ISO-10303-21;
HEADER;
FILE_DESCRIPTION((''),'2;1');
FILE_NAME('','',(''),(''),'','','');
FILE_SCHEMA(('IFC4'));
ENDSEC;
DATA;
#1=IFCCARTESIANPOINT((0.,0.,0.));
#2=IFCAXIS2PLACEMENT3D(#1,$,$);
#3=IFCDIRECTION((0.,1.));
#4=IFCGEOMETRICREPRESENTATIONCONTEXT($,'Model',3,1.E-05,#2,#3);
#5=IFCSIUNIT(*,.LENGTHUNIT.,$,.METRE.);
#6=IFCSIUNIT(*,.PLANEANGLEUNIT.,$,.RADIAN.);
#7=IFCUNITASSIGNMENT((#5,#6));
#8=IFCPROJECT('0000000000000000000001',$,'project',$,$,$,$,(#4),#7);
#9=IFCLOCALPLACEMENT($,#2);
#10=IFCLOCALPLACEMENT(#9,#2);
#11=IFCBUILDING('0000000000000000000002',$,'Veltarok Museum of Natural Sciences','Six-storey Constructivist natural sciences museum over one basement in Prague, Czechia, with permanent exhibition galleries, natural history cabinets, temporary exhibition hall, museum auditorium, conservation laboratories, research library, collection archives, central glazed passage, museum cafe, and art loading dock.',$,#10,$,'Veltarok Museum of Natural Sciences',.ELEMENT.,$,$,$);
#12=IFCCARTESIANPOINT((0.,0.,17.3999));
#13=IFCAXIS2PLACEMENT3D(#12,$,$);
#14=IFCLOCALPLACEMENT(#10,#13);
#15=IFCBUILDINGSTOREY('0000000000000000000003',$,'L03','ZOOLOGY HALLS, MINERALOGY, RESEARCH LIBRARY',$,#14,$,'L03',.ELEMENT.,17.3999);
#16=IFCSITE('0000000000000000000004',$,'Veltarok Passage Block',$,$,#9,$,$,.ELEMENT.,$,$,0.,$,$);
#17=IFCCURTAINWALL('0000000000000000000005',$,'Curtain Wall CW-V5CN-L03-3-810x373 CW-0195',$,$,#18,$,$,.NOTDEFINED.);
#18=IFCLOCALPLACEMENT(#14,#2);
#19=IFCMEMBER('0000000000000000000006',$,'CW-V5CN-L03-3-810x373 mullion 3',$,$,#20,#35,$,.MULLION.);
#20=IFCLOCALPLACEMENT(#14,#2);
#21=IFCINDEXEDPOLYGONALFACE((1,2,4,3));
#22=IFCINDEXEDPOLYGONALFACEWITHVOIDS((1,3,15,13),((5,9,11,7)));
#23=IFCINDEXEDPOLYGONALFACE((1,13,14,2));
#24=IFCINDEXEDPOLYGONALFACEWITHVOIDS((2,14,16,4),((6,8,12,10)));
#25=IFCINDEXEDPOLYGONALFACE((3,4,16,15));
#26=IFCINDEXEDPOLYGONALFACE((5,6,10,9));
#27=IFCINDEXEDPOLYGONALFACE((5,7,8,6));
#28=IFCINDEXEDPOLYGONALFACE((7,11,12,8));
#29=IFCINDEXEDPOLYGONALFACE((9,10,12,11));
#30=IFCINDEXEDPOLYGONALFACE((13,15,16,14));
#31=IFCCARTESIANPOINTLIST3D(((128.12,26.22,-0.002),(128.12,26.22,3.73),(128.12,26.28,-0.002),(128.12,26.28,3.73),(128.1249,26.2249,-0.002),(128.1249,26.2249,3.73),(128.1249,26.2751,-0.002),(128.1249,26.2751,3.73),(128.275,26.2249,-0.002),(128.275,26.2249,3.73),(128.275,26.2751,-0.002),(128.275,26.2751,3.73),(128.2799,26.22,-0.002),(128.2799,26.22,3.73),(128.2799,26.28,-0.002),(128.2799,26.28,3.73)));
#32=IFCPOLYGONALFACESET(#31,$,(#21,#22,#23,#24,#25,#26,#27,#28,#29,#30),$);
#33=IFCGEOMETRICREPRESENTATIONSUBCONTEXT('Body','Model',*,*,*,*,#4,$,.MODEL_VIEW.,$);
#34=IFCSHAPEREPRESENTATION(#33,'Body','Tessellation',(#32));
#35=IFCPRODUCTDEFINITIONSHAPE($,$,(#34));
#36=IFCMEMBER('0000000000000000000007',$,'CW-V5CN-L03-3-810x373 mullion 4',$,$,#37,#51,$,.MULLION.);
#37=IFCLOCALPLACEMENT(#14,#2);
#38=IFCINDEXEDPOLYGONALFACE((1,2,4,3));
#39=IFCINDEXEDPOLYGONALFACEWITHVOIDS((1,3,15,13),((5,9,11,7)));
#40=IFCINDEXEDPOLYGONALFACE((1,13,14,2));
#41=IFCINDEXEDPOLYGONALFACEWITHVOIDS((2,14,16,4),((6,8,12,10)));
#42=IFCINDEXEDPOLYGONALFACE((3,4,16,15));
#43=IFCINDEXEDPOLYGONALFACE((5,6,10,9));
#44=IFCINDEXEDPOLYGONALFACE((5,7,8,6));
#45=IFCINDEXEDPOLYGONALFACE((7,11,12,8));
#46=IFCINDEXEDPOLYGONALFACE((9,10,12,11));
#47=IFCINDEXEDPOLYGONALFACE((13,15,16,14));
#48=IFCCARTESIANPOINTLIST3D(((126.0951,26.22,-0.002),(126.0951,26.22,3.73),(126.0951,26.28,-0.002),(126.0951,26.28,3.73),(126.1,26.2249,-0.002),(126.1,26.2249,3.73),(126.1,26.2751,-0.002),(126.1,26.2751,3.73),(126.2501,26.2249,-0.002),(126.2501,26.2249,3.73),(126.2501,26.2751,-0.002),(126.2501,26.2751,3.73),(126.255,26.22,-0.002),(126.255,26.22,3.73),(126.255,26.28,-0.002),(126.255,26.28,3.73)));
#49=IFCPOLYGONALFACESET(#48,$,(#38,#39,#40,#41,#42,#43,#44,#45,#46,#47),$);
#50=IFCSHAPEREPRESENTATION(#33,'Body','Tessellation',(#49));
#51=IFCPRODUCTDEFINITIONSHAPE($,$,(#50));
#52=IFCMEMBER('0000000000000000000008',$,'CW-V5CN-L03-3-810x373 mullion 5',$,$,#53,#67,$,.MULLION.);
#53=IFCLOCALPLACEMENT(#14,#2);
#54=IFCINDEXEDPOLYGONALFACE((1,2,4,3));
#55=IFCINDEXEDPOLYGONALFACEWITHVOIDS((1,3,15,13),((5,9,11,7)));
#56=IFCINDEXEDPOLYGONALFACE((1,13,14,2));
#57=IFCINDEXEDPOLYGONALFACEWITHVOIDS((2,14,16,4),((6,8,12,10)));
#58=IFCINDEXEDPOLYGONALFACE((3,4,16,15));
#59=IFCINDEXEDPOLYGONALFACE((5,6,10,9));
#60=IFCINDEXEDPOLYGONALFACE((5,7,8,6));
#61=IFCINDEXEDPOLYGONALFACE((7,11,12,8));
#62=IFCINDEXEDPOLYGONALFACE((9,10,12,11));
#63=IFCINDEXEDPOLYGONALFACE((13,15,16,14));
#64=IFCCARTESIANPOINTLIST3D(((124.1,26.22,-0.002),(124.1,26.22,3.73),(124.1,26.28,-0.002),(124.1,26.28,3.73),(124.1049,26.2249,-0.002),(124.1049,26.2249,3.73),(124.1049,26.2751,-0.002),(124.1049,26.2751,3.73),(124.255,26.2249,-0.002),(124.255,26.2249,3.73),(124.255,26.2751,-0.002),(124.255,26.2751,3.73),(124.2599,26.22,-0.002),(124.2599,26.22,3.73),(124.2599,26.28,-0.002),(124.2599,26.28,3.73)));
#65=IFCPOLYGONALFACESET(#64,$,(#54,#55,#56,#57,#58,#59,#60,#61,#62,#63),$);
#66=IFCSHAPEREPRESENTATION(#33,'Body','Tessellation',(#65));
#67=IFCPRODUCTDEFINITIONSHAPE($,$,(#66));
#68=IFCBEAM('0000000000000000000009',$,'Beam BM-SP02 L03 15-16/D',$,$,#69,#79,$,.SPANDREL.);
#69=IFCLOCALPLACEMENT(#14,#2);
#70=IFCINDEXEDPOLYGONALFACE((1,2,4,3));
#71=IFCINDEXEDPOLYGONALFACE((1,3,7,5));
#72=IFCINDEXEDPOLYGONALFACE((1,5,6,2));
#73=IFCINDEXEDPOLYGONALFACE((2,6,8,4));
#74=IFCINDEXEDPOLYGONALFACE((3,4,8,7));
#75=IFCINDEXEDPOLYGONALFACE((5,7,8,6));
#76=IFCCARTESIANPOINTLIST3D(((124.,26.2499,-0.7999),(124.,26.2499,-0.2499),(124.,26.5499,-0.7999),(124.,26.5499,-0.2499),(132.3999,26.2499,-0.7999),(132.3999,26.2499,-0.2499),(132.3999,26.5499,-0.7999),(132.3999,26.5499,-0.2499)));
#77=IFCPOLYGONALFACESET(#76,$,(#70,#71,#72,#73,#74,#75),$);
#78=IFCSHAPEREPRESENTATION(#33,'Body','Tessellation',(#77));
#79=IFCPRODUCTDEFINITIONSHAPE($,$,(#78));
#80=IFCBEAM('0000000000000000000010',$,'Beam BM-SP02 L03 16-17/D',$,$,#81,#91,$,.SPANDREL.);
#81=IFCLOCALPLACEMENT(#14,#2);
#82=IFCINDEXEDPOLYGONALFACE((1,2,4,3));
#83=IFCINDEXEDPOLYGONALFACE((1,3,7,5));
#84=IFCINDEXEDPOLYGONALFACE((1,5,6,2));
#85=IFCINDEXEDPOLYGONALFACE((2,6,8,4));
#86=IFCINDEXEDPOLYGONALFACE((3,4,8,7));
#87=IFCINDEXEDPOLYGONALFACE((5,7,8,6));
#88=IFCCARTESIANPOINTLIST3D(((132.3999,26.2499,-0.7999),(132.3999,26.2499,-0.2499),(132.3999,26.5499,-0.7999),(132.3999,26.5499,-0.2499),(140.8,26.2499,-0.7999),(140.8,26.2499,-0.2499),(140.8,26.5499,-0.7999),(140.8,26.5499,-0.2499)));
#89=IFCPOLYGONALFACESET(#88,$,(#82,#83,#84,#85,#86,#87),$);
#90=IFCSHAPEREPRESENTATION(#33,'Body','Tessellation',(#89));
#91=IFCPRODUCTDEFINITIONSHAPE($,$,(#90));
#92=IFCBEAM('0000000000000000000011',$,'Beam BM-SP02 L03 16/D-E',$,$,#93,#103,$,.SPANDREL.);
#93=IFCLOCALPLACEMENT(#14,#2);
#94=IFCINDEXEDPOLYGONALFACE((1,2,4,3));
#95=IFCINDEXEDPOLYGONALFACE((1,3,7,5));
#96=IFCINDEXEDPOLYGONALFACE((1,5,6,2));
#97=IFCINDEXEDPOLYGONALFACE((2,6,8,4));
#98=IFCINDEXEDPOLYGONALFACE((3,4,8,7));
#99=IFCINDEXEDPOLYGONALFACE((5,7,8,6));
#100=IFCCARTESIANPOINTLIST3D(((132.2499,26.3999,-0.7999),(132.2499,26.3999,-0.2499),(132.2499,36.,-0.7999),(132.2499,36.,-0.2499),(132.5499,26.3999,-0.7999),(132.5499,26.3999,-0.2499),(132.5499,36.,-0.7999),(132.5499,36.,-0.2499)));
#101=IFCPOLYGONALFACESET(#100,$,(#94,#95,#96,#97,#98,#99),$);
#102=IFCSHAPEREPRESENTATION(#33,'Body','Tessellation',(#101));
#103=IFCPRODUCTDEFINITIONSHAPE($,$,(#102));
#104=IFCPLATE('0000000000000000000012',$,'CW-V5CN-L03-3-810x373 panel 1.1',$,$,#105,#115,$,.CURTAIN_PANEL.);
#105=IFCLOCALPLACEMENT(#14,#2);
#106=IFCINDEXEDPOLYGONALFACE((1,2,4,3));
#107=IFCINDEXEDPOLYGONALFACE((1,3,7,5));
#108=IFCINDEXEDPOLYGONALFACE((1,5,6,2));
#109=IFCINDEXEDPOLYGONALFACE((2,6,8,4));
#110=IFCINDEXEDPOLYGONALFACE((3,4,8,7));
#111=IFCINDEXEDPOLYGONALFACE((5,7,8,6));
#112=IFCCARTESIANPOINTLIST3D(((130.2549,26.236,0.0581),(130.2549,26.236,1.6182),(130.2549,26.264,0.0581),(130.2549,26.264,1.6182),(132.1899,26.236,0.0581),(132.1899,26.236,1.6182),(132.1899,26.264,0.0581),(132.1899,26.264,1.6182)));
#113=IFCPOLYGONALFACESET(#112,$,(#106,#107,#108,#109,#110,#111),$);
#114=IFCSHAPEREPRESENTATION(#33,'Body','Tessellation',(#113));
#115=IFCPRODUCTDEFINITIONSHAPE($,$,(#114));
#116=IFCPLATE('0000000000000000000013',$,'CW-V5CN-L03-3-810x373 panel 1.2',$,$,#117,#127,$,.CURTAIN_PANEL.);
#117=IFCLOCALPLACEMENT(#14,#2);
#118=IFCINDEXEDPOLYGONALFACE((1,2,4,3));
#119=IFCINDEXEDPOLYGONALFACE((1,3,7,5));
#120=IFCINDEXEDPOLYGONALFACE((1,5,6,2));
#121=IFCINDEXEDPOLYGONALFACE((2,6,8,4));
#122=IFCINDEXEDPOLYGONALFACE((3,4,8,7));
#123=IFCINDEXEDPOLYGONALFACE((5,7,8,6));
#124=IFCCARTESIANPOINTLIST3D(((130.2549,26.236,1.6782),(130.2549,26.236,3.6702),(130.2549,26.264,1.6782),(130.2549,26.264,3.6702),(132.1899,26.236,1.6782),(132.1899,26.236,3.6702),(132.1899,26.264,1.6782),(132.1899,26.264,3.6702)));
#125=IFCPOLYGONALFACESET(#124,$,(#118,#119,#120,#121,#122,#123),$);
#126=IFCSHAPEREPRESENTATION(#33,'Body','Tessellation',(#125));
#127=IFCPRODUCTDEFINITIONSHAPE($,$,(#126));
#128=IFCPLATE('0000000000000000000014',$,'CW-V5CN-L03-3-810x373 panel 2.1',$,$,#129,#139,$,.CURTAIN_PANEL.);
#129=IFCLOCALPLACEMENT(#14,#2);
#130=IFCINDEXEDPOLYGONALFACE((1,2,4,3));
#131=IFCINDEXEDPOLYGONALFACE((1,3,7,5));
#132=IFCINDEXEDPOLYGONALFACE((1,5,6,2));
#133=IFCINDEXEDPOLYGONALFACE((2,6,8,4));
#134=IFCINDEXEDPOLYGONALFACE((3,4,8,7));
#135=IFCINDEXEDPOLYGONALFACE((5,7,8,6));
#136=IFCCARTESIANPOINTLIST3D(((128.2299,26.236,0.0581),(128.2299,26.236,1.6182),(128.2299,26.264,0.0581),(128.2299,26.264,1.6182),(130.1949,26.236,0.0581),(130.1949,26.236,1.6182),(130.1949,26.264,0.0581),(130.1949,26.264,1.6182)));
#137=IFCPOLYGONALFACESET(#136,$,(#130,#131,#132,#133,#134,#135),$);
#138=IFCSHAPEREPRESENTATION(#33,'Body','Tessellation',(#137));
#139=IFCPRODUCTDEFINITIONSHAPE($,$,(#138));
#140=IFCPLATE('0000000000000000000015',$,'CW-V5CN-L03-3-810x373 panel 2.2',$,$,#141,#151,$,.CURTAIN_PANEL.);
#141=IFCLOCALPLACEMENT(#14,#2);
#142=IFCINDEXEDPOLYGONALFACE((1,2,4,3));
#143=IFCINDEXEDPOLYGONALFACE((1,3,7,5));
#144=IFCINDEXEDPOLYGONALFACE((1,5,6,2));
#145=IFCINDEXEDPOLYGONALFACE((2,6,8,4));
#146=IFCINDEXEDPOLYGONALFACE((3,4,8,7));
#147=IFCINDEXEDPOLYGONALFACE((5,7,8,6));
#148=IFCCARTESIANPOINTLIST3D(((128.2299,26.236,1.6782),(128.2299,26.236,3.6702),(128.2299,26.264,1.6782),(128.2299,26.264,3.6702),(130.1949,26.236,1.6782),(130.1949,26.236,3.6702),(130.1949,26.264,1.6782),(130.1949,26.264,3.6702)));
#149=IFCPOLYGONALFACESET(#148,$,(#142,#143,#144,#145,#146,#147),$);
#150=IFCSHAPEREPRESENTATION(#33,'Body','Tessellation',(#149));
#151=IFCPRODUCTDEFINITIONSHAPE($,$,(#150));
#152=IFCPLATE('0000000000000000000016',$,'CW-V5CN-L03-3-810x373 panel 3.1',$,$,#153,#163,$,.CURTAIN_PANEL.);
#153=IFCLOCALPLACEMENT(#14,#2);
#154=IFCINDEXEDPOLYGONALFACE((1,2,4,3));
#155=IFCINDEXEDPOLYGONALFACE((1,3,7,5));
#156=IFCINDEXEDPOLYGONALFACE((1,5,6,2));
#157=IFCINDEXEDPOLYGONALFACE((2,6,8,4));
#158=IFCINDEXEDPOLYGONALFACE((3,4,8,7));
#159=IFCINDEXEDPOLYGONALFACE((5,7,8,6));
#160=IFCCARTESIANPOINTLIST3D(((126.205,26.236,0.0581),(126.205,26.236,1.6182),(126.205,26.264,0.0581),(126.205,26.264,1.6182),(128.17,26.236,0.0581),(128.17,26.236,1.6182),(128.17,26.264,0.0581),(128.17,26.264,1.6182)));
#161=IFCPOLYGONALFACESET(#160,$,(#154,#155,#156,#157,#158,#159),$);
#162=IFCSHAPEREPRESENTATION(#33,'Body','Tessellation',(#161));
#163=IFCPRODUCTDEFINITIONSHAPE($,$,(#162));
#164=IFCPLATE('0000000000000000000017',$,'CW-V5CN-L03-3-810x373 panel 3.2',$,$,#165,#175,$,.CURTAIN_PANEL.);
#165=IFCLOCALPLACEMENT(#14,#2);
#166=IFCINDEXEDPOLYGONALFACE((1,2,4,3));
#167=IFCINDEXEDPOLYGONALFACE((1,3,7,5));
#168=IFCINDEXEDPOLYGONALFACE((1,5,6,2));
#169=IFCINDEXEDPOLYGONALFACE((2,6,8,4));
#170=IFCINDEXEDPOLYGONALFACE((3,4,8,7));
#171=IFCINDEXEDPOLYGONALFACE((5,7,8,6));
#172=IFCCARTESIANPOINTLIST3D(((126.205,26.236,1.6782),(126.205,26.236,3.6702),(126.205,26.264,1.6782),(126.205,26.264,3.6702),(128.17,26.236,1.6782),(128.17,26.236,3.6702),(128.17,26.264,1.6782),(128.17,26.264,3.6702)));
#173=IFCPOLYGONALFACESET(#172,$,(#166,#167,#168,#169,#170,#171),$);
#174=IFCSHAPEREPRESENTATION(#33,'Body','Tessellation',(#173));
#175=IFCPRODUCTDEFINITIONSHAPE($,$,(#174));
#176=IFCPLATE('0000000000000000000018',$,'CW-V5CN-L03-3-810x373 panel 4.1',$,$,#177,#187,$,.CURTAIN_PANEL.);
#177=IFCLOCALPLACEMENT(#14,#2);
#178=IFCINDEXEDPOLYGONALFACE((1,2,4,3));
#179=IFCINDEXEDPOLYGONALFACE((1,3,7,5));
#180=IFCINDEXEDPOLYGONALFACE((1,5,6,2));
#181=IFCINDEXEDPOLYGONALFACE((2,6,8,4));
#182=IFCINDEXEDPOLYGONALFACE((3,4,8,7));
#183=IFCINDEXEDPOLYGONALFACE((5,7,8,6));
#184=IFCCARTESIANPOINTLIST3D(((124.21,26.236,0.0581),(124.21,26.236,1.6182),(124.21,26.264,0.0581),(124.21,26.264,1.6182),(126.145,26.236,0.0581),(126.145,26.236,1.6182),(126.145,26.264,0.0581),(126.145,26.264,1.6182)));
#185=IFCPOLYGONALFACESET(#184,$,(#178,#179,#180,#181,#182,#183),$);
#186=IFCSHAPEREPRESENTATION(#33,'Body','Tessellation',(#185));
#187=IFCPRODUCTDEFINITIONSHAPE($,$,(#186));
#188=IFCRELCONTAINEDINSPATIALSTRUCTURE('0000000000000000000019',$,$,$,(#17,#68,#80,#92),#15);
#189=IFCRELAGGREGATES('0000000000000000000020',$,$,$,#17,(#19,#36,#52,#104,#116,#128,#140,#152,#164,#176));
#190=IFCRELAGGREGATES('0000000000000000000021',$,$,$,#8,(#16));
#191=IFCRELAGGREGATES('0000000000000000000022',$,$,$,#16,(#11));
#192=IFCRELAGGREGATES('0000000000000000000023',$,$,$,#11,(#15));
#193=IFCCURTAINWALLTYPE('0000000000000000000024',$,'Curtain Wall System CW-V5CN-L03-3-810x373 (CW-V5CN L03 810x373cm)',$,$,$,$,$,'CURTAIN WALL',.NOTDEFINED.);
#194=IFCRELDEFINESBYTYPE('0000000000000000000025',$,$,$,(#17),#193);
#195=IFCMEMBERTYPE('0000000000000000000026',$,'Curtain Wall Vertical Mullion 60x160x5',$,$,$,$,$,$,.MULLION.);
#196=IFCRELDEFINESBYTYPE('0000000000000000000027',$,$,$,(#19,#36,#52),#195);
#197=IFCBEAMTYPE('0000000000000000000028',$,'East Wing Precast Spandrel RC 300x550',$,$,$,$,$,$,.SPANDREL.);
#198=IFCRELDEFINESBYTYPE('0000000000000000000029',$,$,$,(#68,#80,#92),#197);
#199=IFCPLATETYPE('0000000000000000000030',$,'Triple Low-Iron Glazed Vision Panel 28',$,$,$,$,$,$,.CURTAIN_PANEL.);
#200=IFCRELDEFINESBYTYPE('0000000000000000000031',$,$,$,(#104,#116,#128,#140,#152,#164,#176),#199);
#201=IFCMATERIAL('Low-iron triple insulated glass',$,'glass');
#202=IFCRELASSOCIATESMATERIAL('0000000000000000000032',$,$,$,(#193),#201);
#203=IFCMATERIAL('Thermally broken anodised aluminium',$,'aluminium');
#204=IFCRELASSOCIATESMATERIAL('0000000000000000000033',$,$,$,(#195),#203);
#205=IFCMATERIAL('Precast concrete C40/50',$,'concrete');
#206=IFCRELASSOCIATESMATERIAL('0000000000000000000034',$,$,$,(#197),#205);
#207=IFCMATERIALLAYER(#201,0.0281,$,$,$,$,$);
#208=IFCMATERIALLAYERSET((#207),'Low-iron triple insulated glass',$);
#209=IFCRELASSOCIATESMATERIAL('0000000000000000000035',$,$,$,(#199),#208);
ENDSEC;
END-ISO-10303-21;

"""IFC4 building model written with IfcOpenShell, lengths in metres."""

from ifc_helpers import new_model, si_unit, direction, frame, origin, origin_2d, place, context, subcontext, project, spatial, rectangle, hollow_rectangle, extrude, material, layer, layer_set, material_profile, profile_set, type_object, element, aggregate, save


model = new_model("IFC4")

# Units and contexts
model_context = context("Model", 3, precision=1e-05, world=origin(), true_north=direction((0.0, 1.0)))
body_context = subcontext(model_context, "Body", "Model", "MODEL_VIEW")
ifc_project = project(units=[si_unit("LENGTHUNIT", "METRE"), si_unit("PLANEANGLEUNIT", "RADIAN")], contexts=[model_context])

# Site, building, storey
site_placement = place(None, origin())
site = spatial("IfcSite", under=ifc_project, at=site_placement, Name="Veltarok Passage Block", CompositionType="ELEMENT", RefElevation=0.0)
building_placement = place(site_placement, origin())
building = spatial("IfcBuilding", under=site, at=building_placement, Name="Veltarok Museum of Natural Sciences", Description="Six-storey Constructivist natural sciences museum over one basement in Prague, Czechia, with permanent exhibition galleries, natural history cabinets, temporary exhibition hall, museum auditorium, conservation laboratories, research library, collection archives, central glazed passage, museum cafe, and art loading dock.", LongName="Veltarok Museum of Natural Sciences", CompositionType="ELEMENT")
storey_placement = place(building_placement, frame((0.0, 0.0, 17.3999)))
storey = spatial("IfcBuildingStorey", under=building, at=storey_placement, Name="L03", Description="ZOOLOGY HALLS, MINERALOGY, RESEARCH LIBRARY", LongName="L03", CompositionType="ELEMENT", Elevation=17.3999)

# Shared definitions
ifc_material_1 = material(Name="Low-iron triple insulated glass", Category="glass")
ifc_material_2 = material(Name="Thermally broken anodised aluminium", Category="aluminium")

# Curtain wall
curtain_wall_type_1 = type_object("IfcCurtainWallType", Name="Curtain Wall System CW-V5CN-L03-3-810x373 (CW-V5CN L03 810x373cm)", ElementType="CURTAIN WALL", PredefinedType="NOTDEFINED", material=ifc_material_1)
curtain_wall_1_placement = place(storey_placement, origin())
curtain_wall_1 = element("IfcCurtainWall", 1, at=curtain_wall_1_placement, inside=storey, type_object=curtain_wall_type_1, Name="Curtain Wall CW-V5CN-L03-3-810x373 CW-0195", PredefinedType="NOTDEFINED")

# Members
ifc_material_profile_1 = material_profile(ifc_material_2, hollow_rectangle(XDim=0.0601, YDim=0.1599, WallThickness=0.0049, at=origin_2d()), Name="CW MULLION 60x160x5")
ifc_profile_set_1 = profile_set([ifc_material_profile_1], Name="Thermally broken anodised aluminium")
member_type_1 = type_object("IfcMemberType", Name="Curtain Wall Vertical Mullion 60x160x5", PredefinedType="MULLION", material=ifc_profile_set_1)
member_1_placement = place(storey_placement, frame((128.2, 26.25, -0.002), z_axis=(0.0, 0.0, 1.0), x_axis=(0.0, -1.0, 0.0)))
member_1 = element("IfcMember", 2, at=member_1_placement, type_object=member_type_1, Name="CW-V5CN-L03-3-810x373 mullion 3", PredefinedType="MULLION", context=body_context, shape_type="SweptSolid", body=[
    extrude(hollow_rectangle(XDim=0.0601, YDim=0.1599, WallThickness=0.0049, at=origin_2d()), origin(), (0.0, 0.0, 1.0), 3.7319),
])
member_2_placement = place(storey_placement, frame((126.175, 26.25, -0.002), z_axis=(0.0, 0.0, 1.0), x_axis=(0.0, -1.0, 0.0)))
member_2 = element("IfcMember", 3, at=member_2_placement, type_object=member_type_1, Name="CW-V5CN-L03-3-810x373 mullion 4", PredefinedType="MULLION", context=body_context, shape_type="SweptSolid", body=[
    extrude(hollow_rectangle(XDim=0.0601, YDim=0.1599, WallThickness=0.0049, at=origin_2d()), origin(), (0.0, 0.0, 1.0), 3.7319),
])
member_3_placement = place(storey_placement, frame((124.1799, 26.25, -0.002), z_axis=(0.0, 0.0, 1.0), x_axis=(0.0, -1.0, 0.0)))
member_3 = element("IfcMember", 4, at=member_3_placement, type_object=member_type_1, Name="CW-V5CN-L03-3-810x373 mullion 5", PredefinedType="MULLION", context=body_context, shape_type="SweptSolid", body=[
    extrude(hollow_rectangle(XDim=0.0601, YDim=0.1599, WallThickness=0.0049, at=origin_2d()), origin(), (0.0, 0.0, 1.0), 3.7319),
])

# Beams
ifc_material_3 = material(Name="Precast concrete C40/50", Category="concrete")
ifc_material_profile_2 = material_profile(ifc_material_3, rectangle(XDim=0.3, YDim=0.55, at=origin_2d()), Name="RC 300x550")
ifc_profile_set_2 = profile_set([ifc_material_profile_2], Name="Precast concrete C40/50")
beam_type = type_object("IfcBeamType", Name="East Wing Precast Spandrel RC 300x550", PredefinedType="SPANDREL", material=ifc_profile_set_2)
beam_1_placement = place(storey_placement, frame((124.0, 26.3999, -0.5249), z_axis=(1.0, 0.0, 0.0), x_axis=(0.0, 1.0, 0.0)))
element("IfcBeam", 5, at=beam_1_placement, inside=storey, type_object=beam_type, Name="Beam BM-SP02 L03 15-16/D", PredefinedType="SPANDREL", context=body_context, shape_type="SweptSolid", body=[
    extrude(rectangle(XDim=0.3, YDim=0.55, at=origin_2d()), origin(), (0.0, 0.0, 1.0), 8.3999),
])
beam_2_placement = place(storey_placement, frame((132.3999, 26.3999, -0.5249), z_axis=(1.0, 0.0, 0.0), x_axis=(0.0, 1.0, 0.0)))
element("IfcBeam", 6, at=beam_2_placement, inside=storey, type_object=beam_type, Name="Beam BM-SP02 L03 16-17/D", PredefinedType="SPANDREL", context=body_context, shape_type="SweptSolid", body=[
    extrude(rectangle(XDim=0.3, YDim=0.55, at=origin_2d()), origin(), (0.0, 0.0, 1.0), 8.4001),
])
beam_3_placement = place(storey_placement, frame((132.3999, 26.3999, -0.5249), z_axis=(0.0, 1.0, 0.0), x_axis=(-1.0, 0.0, 0.0)))
element("IfcBeam", 7, at=beam_3_placement, inside=storey, type_object=beam_type, Name="Beam BM-SP02 L03 16/D-E", PredefinedType="SPANDREL", context=body_context, shape_type="SweptSolid", body=[
    extrude(rectangle(XDim=0.3, YDim=0.55, at=origin_2d()), origin(), (0.0, 0.0, 1.0), 9.6001),
])

# Plates
ifc_layer = layer(ifc_material_1, 0.0281)
ifc_layer_set = layer_set([ifc_layer], Name="Low-iron triple insulated glass")
plate_type = type_object("IfcPlateType", Name="Triple Low-Iron Glazed Vision Panel 28", PredefinedType="CURTAIN_PANEL", material=ifc_layer_set)
plate_1_placement = place(storey_placement, frame((131.2224, 26.25, 0.0581), z_axis=(0.0, 0.0, 1.0), x_axis=(-1.0, 0.0, 0.0)))
plate_1 = element("IfcPlate", 8, at=plate_1_placement, type_object=plate_type, Name="CW-V5CN-L03-3-810x373 panel 1.1", PredefinedType="CURTAIN_PANEL", context=body_context, shape_type="SweptSolid", body=[
    extrude(rectangle(XDim=1.9351, YDim=0.0281, at=origin_2d()), origin(), (0.0, 0.0, 1.0), 1.5601),
])
plate_2_placement = place(storey_placement, frame((131.2224, 26.25, 1.6782), z_axis=(0.0, 0.0, 1.0), x_axis=(-1.0, 0.0, 0.0)))
plate_2 = element("IfcPlate", 9, at=plate_2_placement, type_object=plate_type, Name="CW-V5CN-L03-3-810x373 panel 1.2", PredefinedType="CURTAIN_PANEL", context=body_context, shape_type="SweptSolid", body=[
    extrude(rectangle(XDim=1.9351, YDim=0.0281, at=origin_2d()), origin(), (0.0, 0.0, 1.0), 1.9919),
])
plate_3_placement = place(storey_placement, frame((129.2124, 26.25, 0.0581), z_axis=(0.0, 0.0, 1.0), x_axis=(-1.0, 0.0, 0.0)))
plate_3 = element("IfcPlate", 10, at=plate_3_placement, type_object=plate_type, Name="CW-V5CN-L03-3-810x373 panel 2.1", PredefinedType="CURTAIN_PANEL", context=body_context, shape_type="SweptSolid", body=[
    extrude(rectangle(XDim=1.9651, YDim=0.0281, at=origin_2d()), origin(), (0.0, 0.0, 1.0), 1.5601),
])
plate_4_placement = place(storey_placement, frame((129.2124, 26.25, 1.6782), z_axis=(0.0, 0.0, 1.0), x_axis=(-1.0, 0.0, 0.0)))
plate_4 = element("IfcPlate", 11, at=plate_4_placement, type_object=plate_type, Name="CW-V5CN-L03-3-810x373 panel 2.2", PredefinedType="CURTAIN_PANEL", context=body_context, shape_type="SweptSolid", body=[
    extrude(rectangle(XDim=1.9651, YDim=0.0281, at=origin_2d()), origin(), (0.0, 0.0, 1.0), 1.9919),
])
plate_5_placement = place(storey_placement, frame((127.1875, 26.25, 0.0581), z_axis=(0.0, 0.0, 1.0), x_axis=(-1.0, 0.0, 0.0)))
plate_5 = element("IfcPlate", 12, at=plate_5_placement, type_object=plate_type, Name="CW-V5CN-L03-3-810x373 panel 3.1", PredefinedType="CURTAIN_PANEL", context=body_context, shape_type="SweptSolid", body=[
    extrude(rectangle(XDim=1.9651, YDim=0.0281, at=origin_2d()), origin(), (0.0, 0.0, 1.0), 1.5601),
])
plate_6_placement = place(storey_placement, frame((127.1875, 26.25, 1.6782), z_axis=(0.0, 0.0, 1.0), x_axis=(-1.0, 0.0, 0.0)))
plate_6 = element("IfcPlate", 13, at=plate_6_placement, type_object=plate_type, Name="CW-V5CN-L03-3-810x373 panel 3.2", PredefinedType="CURTAIN_PANEL", context=body_context, shape_type="SweptSolid", body=[
    extrude(rectangle(XDim=1.9651, YDim=0.0281, at=origin_2d()), origin(), (0.0, 0.0, 1.0), 1.9919),
])
plate_7_placement = place(storey_placement, frame((125.1775, 26.25, 0.0581), z_axis=(0.0, 0.0, 1.0), x_axis=(-1.0, 0.0, 0.0)))
plate_7 = element("IfcPlate", 14, at=plate_7_placement, type_object=plate_type, Name="CW-V5CN-L03-3-810x373 panel 4.1", PredefinedType="CURTAIN_PANEL", context=body_context, shape_type="SweptSolid", body=[
    extrude(rectangle(XDim=1.9351, YDim=0.0281, at=origin_2d()), origin(), (0.0, 0.0, 1.0), 1.5601),
])
aggregate(curtain_wall_1, [member_1, member_2, member_3, plate_1, plate_2, plate_3, plate_4, plate_5, plate_6, plate_7])

save(model, "model.ifc")
